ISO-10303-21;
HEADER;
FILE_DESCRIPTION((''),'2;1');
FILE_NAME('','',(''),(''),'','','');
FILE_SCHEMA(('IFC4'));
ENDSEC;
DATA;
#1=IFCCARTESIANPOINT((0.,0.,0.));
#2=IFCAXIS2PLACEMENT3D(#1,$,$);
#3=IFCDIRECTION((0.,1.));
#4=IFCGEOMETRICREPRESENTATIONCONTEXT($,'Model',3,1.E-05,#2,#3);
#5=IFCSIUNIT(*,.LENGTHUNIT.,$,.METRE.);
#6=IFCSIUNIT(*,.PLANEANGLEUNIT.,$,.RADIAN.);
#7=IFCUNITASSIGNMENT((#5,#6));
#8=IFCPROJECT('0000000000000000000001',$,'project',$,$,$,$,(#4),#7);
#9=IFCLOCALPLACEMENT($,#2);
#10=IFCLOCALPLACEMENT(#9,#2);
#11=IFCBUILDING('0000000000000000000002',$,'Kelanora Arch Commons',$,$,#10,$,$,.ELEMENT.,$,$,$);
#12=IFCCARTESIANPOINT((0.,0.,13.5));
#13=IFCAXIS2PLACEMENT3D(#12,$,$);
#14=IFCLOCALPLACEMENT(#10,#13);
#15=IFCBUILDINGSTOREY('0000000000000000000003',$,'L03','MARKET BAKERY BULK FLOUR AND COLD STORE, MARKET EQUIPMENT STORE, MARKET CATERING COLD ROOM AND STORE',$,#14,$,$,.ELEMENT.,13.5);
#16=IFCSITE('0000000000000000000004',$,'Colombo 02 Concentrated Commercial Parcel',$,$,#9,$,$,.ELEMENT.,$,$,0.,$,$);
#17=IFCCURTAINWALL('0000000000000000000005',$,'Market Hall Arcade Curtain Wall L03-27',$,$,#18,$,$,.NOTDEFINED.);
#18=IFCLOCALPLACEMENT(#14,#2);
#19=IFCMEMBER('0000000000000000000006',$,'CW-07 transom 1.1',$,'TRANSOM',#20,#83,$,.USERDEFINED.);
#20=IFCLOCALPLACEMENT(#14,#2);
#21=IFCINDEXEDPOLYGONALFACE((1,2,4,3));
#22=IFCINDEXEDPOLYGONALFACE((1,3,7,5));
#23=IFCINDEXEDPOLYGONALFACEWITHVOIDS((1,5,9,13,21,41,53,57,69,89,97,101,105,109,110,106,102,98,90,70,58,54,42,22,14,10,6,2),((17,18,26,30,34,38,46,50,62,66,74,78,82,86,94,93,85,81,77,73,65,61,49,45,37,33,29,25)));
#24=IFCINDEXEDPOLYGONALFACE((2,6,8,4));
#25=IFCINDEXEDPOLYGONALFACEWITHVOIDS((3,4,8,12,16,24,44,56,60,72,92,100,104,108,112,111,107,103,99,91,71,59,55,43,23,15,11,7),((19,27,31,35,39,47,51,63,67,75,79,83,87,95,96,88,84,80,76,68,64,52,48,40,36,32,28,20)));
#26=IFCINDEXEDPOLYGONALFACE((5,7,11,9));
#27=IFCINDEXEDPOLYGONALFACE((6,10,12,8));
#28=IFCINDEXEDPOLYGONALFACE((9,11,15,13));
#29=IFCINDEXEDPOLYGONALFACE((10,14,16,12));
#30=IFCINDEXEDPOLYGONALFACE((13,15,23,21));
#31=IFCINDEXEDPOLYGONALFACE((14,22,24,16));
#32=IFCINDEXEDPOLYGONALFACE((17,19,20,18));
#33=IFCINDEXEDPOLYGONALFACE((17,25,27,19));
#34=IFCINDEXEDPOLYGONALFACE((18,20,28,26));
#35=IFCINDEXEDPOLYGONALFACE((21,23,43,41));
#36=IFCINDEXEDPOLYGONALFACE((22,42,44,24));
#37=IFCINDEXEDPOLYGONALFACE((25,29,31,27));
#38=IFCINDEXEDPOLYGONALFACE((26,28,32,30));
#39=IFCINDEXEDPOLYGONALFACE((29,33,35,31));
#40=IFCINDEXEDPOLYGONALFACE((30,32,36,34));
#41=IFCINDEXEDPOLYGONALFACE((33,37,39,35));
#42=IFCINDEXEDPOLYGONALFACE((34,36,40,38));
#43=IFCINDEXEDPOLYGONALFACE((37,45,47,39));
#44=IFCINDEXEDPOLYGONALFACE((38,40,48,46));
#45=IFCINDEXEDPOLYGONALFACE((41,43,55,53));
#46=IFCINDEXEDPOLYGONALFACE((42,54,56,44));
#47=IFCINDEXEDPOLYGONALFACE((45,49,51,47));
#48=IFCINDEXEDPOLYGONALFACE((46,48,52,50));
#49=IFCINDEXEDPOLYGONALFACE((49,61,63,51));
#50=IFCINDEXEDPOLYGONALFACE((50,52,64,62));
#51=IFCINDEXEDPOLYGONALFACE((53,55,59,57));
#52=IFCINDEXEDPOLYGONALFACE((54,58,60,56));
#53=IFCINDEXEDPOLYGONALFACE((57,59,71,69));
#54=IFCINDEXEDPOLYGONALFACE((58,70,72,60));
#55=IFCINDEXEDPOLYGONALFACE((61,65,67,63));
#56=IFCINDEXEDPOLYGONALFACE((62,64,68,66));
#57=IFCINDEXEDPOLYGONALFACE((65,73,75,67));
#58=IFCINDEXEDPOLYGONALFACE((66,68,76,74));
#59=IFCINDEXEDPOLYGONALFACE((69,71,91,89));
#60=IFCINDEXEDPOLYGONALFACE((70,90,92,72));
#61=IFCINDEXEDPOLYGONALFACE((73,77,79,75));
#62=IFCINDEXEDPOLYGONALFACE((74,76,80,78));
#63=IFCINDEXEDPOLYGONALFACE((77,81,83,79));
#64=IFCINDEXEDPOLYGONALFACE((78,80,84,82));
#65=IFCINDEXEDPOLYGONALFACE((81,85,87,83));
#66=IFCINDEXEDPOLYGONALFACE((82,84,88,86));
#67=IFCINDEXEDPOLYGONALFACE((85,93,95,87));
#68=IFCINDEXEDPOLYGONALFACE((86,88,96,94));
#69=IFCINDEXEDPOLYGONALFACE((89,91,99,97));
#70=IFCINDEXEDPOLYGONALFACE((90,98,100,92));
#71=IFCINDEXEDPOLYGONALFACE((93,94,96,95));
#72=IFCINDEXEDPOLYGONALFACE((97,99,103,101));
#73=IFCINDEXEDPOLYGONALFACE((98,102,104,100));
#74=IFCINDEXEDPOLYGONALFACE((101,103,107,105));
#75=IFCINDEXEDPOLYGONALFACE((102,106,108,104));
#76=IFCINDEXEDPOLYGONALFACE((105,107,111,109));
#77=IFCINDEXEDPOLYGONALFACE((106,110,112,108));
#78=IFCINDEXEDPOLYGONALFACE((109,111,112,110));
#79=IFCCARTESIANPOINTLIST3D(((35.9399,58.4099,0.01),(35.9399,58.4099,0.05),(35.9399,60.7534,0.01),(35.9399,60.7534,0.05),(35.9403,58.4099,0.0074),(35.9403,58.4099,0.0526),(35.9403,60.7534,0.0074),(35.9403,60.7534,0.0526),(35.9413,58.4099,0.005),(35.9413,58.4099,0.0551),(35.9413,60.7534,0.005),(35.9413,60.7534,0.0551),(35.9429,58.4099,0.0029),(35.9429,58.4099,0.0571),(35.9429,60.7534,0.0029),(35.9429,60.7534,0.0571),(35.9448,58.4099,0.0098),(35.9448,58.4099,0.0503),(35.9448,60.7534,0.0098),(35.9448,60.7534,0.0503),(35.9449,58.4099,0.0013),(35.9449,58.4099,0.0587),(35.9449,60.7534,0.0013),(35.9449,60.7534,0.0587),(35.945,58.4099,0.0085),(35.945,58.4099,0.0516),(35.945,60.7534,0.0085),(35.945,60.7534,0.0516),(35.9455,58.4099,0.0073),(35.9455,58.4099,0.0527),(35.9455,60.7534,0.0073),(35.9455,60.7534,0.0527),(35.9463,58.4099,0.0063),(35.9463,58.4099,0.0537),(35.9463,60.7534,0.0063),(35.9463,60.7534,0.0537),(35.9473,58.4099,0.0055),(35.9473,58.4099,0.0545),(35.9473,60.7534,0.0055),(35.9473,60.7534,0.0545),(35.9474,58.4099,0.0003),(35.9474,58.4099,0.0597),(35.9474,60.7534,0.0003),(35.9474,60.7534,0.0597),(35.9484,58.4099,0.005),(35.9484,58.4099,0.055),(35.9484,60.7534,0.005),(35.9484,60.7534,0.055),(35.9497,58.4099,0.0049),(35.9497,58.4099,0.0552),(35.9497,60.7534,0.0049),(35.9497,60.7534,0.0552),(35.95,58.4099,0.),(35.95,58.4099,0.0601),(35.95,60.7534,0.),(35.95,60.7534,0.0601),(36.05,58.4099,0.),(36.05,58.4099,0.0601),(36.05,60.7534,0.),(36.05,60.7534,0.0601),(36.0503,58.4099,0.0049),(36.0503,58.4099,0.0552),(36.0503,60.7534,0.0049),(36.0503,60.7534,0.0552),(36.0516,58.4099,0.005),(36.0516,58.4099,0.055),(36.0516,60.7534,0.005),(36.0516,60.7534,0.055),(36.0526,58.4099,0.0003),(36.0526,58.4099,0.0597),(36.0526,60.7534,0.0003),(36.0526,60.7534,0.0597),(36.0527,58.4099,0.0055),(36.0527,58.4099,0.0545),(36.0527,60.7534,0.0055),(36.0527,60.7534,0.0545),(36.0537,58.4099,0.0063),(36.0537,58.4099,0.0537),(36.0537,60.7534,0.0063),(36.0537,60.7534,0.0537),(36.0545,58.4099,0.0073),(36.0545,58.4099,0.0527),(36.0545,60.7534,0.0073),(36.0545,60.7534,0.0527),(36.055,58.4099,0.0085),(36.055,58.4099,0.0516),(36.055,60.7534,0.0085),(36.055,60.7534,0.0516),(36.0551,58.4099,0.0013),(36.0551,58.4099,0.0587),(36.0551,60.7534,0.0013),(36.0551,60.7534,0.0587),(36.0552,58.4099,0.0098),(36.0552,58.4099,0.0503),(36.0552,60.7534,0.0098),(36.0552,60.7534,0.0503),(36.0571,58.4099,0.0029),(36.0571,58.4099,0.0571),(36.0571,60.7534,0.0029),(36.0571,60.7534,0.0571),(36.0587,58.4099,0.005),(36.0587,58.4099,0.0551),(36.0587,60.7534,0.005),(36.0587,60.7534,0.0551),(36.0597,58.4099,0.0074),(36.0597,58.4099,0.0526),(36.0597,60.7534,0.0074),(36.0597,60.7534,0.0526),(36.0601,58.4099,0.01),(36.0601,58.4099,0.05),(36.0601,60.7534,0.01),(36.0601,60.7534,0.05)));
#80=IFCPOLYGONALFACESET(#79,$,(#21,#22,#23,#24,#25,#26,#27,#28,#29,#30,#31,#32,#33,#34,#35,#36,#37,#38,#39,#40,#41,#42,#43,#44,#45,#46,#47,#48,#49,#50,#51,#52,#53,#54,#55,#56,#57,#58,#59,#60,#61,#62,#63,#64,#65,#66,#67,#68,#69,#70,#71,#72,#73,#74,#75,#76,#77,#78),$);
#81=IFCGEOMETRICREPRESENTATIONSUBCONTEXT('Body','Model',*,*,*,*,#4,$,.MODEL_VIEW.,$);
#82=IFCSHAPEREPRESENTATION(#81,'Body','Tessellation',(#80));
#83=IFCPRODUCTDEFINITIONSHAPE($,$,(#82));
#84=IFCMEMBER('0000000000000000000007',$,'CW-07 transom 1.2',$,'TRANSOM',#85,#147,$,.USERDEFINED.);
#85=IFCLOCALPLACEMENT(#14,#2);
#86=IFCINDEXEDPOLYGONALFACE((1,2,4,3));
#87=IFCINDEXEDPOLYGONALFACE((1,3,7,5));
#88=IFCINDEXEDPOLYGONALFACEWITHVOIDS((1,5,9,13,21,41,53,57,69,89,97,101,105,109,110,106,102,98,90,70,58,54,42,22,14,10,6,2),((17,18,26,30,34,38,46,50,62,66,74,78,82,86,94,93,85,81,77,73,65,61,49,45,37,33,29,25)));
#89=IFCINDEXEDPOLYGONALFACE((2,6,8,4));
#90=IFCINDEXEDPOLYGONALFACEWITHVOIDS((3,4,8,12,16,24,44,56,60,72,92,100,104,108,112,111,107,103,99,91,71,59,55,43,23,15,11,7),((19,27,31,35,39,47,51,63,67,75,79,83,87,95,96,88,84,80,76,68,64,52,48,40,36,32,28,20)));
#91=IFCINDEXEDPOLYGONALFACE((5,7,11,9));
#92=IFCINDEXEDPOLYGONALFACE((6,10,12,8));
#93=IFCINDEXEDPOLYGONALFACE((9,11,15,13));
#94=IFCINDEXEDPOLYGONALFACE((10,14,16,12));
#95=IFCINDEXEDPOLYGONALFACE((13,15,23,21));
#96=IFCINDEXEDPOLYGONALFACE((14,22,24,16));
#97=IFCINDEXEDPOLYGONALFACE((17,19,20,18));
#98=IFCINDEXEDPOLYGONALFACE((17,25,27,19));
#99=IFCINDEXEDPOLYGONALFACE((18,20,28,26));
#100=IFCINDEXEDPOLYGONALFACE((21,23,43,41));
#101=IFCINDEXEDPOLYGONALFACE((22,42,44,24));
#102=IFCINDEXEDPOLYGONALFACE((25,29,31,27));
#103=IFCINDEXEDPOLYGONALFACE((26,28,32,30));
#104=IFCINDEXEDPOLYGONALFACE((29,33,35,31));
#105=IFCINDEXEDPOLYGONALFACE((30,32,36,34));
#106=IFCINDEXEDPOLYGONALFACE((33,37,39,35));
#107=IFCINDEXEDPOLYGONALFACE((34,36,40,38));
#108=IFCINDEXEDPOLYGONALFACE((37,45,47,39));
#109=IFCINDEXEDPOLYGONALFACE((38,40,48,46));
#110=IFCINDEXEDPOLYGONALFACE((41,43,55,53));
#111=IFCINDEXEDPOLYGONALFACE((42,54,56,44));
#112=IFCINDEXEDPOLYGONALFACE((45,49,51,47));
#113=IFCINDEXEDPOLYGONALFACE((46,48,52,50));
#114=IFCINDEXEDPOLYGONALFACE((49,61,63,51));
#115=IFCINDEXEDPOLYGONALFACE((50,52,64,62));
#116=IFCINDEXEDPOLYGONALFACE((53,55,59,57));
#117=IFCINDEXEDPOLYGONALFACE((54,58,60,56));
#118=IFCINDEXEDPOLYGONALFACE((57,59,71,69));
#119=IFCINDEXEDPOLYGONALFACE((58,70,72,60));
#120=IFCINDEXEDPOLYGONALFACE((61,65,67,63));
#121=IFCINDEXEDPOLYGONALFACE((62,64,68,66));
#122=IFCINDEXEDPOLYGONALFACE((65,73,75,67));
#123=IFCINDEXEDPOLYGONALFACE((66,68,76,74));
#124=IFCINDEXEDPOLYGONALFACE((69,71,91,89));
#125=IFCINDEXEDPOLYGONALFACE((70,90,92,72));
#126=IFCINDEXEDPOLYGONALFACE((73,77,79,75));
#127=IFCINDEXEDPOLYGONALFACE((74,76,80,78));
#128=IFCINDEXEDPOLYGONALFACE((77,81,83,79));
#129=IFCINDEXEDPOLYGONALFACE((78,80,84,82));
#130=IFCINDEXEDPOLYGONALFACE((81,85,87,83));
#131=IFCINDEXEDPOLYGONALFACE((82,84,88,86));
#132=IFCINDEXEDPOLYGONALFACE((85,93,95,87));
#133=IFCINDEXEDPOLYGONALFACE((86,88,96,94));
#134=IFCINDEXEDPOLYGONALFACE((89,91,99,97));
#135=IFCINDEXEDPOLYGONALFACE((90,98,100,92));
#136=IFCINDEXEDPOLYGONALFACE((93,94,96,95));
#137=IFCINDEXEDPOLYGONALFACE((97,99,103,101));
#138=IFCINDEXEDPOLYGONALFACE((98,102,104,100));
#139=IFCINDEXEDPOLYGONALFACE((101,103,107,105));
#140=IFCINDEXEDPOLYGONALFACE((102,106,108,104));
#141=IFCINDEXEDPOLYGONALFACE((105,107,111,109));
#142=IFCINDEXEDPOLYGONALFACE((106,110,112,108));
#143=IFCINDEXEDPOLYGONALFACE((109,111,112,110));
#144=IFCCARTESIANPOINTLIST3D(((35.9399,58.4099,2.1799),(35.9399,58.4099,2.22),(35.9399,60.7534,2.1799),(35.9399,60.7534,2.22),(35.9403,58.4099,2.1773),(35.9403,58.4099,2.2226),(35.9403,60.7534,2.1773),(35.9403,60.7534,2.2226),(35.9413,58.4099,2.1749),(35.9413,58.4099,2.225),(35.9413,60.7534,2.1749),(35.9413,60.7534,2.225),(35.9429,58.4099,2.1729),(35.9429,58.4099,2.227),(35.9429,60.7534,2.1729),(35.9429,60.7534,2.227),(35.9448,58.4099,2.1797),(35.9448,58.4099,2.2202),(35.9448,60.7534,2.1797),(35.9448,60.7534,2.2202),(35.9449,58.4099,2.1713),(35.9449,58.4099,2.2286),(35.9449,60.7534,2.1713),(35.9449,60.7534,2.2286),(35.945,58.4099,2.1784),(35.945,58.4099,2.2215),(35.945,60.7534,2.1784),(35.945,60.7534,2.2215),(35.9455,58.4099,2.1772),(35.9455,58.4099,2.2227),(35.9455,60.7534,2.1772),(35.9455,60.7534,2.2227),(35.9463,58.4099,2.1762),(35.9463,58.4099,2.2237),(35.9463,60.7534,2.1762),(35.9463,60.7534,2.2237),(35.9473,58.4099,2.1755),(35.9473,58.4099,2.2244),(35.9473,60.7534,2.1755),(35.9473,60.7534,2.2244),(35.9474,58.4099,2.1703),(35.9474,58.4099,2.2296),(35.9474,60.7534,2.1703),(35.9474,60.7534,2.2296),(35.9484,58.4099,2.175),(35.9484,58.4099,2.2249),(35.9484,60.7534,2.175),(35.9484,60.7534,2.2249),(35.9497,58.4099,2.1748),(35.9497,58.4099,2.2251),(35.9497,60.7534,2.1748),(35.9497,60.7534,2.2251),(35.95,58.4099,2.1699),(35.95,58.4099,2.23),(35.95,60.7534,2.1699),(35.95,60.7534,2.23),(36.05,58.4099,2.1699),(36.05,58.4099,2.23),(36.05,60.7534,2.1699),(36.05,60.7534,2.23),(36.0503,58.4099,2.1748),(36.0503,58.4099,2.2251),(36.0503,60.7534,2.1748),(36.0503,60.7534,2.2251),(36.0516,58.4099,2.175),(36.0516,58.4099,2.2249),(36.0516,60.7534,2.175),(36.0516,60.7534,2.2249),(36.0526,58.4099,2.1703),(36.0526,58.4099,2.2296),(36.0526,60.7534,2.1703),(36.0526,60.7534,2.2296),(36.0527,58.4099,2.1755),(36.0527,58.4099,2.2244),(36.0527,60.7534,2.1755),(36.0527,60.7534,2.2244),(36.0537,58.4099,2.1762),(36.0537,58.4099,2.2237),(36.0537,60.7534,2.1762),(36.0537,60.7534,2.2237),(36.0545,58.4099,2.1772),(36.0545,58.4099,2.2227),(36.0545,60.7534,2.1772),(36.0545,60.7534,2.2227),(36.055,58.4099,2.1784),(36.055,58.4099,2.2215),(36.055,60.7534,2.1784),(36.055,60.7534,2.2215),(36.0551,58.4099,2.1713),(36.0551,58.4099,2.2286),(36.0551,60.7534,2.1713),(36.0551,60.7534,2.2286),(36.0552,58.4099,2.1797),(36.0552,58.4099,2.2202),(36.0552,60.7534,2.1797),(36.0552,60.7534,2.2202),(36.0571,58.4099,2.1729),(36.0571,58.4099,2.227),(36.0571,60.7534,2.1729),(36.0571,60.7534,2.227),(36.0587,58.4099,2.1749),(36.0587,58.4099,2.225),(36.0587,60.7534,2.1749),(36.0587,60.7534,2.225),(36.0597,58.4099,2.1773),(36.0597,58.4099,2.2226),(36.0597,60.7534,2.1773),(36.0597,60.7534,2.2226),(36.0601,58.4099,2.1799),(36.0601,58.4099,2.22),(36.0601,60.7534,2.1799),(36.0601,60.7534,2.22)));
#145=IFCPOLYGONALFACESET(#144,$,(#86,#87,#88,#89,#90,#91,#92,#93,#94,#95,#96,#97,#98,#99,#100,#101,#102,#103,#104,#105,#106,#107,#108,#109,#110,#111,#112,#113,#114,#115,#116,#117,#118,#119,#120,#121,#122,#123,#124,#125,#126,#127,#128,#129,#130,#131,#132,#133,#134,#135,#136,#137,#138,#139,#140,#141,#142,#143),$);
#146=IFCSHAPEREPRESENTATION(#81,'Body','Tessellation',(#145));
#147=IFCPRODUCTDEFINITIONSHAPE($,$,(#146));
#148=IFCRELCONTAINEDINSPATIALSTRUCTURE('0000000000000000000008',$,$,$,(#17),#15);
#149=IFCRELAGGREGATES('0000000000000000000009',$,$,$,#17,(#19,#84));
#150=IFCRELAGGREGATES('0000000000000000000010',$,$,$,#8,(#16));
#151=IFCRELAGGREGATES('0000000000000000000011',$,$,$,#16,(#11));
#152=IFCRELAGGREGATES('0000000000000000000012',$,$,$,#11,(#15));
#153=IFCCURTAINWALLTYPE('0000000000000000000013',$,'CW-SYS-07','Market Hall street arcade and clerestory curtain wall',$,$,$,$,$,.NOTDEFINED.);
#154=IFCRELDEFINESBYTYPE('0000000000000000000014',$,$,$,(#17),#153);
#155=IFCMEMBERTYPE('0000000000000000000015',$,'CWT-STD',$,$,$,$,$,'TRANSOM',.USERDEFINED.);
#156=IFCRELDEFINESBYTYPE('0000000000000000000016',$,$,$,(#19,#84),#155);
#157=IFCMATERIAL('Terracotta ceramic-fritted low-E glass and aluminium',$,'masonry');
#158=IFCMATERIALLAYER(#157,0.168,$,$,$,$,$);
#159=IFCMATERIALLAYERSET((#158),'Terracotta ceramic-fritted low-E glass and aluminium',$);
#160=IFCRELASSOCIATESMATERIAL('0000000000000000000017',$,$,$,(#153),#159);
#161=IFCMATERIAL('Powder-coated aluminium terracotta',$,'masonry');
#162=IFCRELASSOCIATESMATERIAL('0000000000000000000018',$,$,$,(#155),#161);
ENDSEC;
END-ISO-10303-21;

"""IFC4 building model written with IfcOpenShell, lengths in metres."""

from ifc_helpers import new_model, si_unit, direction, frame, origin, origin_2d, place, context, subcontext, project, spatial, hollow_rectangle, extrude, material, layer, layer_set, material_profile, profile_set, type_object, element, aggregate, save


model = new_model("IFC4")

# Units and contexts
model_context = context("Model", 3, precision=1e-05, world=origin(), true_north=direction((0.0, 1.0)))
body_context = subcontext(model_context, "Body", "Model", "MODEL_VIEW")
ifc_project = project(units=[si_unit("LENGTHUNIT", "METRE"), si_unit("PLANEANGLEUNIT", "RADIAN")], contexts=[model_context])

# Site, building, storey
site_placement = place(None, origin())
site = spatial("IfcSite", under=ifc_project, at=site_placement, Name="Colombo 02 Concentrated Commercial Parcel", CompositionType="ELEMENT", RefElevation=0.0)
building_placement = place(site_placement, origin())
building = spatial("IfcBuilding", under=site, at=building_placement, Name="Kelanora Arch Commons", CompositionType="ELEMENT")
storey_placement = place(building_placement, frame((0.0, 0.0, 13.5)))
storey = spatial("IfcBuildingStorey", under=building, at=storey_placement, Name="L03", Description="MARKET BAKERY BULK FLOUR AND COLD STORE, MARKET EQUIPMENT STORE, MARKET CATERING COLD ROOM AND STORE", CompositionType="ELEMENT", Elevation=13.5)

# Curtain wall, members
ifc_material_1 = material(Name="Terracotta ceramic-fritted low-E glass and aluminium", Category="masonry")
ifc_layer_1 = layer(ifc_material_1, 0.168)
ifc_layer_set_1 = layer_set([ifc_layer_1], Name="Terracotta ceramic-fritted low-E glass and aluminium")
curtain_wall_type = type_object("IfcCurtainWallType", Name="CW-SYS-07", Description="Market Hall street arcade and clerestory curtain wall", PredefinedType="NOTDEFINED", material=ifc_layer_set_1)
curtain_wall_placement = place(storey_placement, origin())
curtain_wall = element("IfcCurtainWall", 1, at=curtain_wall_placement, inside=storey, type_object=curtain_wall_type, Name="Market Hall Arcade Curtain Wall L03-27", PredefinedType="NOTDEFINED")
ifc_material_2 = material(Name="Powder-coated aluminium terracotta", Category="masonry")
ifc_material_profile_1 = material_profile(ifc_material_2, hollow_rectangle(XDim=0.1201, YDim=0.0601, WallThickness=0.0049, InnerFilletRadius=0.0049, OuterFilletRadius=0.01, at=origin_2d()), Name="CWT120x60")
ifc_profile_set_1 = profile_set([ifc_material_profile_1], Name="Powder-coated aluminium terracotta")
member_type_1 = type_object("IfcMemberType", Name="CWT-STD", ElementType="TRANSOM", PredefinedType="USERDEFINED", material=ifc_profile_set_1)
member_1_placement = place(storey_placement, frame((36.0, 58.4099, 0.03), z_axis=(0.0, 1.0, 0.0), x_axis=(-1.0, 0.0, 0.0)))
member_1 = element("IfcMember", 2, at=member_1_placement, type_object=member_type_1, Name="CW-07 transom 1.1", ObjectType="TRANSOM", PredefinedType="USERDEFINED", context=body_context, shape_type="SweptSolid", body=[
    extrude(hollow_rectangle(XDim=0.1201, YDim=0.0601, WallThickness=0.0049, InnerFilletRadius=0.0049, OuterFilletRadius=0.01, at=origin_2d()), origin(), (0.0, 0.0, 1.0), 2.3435),
])
member_2_placement = place(storey_placement, frame((36.0, 58.4099, 2.2), z_axis=(0.0, 1.0, 0.0), x_axis=(-1.0, 0.0, 0.0)))
member_2 = element("IfcMember", 3, at=member_2_placement, type_object=member_type_1, Name="CW-07 transom 1.2", ObjectType="TRANSOM", PredefinedType="USERDEFINED", context=body_context, shape_type="SweptSolid", body=[
    extrude(hollow_rectangle(XDim=0.1201, YDim=0.0601, WallThickness=0.0049, InnerFilletRadius=0.0049, OuterFilletRadius=0.01, at=origin_2d()), origin(), (0.0, 0.0, 1.0), 2.3435),
])
aggregate(curtain_wall, [member_1, member_2])

save(model, "model.ifc")
